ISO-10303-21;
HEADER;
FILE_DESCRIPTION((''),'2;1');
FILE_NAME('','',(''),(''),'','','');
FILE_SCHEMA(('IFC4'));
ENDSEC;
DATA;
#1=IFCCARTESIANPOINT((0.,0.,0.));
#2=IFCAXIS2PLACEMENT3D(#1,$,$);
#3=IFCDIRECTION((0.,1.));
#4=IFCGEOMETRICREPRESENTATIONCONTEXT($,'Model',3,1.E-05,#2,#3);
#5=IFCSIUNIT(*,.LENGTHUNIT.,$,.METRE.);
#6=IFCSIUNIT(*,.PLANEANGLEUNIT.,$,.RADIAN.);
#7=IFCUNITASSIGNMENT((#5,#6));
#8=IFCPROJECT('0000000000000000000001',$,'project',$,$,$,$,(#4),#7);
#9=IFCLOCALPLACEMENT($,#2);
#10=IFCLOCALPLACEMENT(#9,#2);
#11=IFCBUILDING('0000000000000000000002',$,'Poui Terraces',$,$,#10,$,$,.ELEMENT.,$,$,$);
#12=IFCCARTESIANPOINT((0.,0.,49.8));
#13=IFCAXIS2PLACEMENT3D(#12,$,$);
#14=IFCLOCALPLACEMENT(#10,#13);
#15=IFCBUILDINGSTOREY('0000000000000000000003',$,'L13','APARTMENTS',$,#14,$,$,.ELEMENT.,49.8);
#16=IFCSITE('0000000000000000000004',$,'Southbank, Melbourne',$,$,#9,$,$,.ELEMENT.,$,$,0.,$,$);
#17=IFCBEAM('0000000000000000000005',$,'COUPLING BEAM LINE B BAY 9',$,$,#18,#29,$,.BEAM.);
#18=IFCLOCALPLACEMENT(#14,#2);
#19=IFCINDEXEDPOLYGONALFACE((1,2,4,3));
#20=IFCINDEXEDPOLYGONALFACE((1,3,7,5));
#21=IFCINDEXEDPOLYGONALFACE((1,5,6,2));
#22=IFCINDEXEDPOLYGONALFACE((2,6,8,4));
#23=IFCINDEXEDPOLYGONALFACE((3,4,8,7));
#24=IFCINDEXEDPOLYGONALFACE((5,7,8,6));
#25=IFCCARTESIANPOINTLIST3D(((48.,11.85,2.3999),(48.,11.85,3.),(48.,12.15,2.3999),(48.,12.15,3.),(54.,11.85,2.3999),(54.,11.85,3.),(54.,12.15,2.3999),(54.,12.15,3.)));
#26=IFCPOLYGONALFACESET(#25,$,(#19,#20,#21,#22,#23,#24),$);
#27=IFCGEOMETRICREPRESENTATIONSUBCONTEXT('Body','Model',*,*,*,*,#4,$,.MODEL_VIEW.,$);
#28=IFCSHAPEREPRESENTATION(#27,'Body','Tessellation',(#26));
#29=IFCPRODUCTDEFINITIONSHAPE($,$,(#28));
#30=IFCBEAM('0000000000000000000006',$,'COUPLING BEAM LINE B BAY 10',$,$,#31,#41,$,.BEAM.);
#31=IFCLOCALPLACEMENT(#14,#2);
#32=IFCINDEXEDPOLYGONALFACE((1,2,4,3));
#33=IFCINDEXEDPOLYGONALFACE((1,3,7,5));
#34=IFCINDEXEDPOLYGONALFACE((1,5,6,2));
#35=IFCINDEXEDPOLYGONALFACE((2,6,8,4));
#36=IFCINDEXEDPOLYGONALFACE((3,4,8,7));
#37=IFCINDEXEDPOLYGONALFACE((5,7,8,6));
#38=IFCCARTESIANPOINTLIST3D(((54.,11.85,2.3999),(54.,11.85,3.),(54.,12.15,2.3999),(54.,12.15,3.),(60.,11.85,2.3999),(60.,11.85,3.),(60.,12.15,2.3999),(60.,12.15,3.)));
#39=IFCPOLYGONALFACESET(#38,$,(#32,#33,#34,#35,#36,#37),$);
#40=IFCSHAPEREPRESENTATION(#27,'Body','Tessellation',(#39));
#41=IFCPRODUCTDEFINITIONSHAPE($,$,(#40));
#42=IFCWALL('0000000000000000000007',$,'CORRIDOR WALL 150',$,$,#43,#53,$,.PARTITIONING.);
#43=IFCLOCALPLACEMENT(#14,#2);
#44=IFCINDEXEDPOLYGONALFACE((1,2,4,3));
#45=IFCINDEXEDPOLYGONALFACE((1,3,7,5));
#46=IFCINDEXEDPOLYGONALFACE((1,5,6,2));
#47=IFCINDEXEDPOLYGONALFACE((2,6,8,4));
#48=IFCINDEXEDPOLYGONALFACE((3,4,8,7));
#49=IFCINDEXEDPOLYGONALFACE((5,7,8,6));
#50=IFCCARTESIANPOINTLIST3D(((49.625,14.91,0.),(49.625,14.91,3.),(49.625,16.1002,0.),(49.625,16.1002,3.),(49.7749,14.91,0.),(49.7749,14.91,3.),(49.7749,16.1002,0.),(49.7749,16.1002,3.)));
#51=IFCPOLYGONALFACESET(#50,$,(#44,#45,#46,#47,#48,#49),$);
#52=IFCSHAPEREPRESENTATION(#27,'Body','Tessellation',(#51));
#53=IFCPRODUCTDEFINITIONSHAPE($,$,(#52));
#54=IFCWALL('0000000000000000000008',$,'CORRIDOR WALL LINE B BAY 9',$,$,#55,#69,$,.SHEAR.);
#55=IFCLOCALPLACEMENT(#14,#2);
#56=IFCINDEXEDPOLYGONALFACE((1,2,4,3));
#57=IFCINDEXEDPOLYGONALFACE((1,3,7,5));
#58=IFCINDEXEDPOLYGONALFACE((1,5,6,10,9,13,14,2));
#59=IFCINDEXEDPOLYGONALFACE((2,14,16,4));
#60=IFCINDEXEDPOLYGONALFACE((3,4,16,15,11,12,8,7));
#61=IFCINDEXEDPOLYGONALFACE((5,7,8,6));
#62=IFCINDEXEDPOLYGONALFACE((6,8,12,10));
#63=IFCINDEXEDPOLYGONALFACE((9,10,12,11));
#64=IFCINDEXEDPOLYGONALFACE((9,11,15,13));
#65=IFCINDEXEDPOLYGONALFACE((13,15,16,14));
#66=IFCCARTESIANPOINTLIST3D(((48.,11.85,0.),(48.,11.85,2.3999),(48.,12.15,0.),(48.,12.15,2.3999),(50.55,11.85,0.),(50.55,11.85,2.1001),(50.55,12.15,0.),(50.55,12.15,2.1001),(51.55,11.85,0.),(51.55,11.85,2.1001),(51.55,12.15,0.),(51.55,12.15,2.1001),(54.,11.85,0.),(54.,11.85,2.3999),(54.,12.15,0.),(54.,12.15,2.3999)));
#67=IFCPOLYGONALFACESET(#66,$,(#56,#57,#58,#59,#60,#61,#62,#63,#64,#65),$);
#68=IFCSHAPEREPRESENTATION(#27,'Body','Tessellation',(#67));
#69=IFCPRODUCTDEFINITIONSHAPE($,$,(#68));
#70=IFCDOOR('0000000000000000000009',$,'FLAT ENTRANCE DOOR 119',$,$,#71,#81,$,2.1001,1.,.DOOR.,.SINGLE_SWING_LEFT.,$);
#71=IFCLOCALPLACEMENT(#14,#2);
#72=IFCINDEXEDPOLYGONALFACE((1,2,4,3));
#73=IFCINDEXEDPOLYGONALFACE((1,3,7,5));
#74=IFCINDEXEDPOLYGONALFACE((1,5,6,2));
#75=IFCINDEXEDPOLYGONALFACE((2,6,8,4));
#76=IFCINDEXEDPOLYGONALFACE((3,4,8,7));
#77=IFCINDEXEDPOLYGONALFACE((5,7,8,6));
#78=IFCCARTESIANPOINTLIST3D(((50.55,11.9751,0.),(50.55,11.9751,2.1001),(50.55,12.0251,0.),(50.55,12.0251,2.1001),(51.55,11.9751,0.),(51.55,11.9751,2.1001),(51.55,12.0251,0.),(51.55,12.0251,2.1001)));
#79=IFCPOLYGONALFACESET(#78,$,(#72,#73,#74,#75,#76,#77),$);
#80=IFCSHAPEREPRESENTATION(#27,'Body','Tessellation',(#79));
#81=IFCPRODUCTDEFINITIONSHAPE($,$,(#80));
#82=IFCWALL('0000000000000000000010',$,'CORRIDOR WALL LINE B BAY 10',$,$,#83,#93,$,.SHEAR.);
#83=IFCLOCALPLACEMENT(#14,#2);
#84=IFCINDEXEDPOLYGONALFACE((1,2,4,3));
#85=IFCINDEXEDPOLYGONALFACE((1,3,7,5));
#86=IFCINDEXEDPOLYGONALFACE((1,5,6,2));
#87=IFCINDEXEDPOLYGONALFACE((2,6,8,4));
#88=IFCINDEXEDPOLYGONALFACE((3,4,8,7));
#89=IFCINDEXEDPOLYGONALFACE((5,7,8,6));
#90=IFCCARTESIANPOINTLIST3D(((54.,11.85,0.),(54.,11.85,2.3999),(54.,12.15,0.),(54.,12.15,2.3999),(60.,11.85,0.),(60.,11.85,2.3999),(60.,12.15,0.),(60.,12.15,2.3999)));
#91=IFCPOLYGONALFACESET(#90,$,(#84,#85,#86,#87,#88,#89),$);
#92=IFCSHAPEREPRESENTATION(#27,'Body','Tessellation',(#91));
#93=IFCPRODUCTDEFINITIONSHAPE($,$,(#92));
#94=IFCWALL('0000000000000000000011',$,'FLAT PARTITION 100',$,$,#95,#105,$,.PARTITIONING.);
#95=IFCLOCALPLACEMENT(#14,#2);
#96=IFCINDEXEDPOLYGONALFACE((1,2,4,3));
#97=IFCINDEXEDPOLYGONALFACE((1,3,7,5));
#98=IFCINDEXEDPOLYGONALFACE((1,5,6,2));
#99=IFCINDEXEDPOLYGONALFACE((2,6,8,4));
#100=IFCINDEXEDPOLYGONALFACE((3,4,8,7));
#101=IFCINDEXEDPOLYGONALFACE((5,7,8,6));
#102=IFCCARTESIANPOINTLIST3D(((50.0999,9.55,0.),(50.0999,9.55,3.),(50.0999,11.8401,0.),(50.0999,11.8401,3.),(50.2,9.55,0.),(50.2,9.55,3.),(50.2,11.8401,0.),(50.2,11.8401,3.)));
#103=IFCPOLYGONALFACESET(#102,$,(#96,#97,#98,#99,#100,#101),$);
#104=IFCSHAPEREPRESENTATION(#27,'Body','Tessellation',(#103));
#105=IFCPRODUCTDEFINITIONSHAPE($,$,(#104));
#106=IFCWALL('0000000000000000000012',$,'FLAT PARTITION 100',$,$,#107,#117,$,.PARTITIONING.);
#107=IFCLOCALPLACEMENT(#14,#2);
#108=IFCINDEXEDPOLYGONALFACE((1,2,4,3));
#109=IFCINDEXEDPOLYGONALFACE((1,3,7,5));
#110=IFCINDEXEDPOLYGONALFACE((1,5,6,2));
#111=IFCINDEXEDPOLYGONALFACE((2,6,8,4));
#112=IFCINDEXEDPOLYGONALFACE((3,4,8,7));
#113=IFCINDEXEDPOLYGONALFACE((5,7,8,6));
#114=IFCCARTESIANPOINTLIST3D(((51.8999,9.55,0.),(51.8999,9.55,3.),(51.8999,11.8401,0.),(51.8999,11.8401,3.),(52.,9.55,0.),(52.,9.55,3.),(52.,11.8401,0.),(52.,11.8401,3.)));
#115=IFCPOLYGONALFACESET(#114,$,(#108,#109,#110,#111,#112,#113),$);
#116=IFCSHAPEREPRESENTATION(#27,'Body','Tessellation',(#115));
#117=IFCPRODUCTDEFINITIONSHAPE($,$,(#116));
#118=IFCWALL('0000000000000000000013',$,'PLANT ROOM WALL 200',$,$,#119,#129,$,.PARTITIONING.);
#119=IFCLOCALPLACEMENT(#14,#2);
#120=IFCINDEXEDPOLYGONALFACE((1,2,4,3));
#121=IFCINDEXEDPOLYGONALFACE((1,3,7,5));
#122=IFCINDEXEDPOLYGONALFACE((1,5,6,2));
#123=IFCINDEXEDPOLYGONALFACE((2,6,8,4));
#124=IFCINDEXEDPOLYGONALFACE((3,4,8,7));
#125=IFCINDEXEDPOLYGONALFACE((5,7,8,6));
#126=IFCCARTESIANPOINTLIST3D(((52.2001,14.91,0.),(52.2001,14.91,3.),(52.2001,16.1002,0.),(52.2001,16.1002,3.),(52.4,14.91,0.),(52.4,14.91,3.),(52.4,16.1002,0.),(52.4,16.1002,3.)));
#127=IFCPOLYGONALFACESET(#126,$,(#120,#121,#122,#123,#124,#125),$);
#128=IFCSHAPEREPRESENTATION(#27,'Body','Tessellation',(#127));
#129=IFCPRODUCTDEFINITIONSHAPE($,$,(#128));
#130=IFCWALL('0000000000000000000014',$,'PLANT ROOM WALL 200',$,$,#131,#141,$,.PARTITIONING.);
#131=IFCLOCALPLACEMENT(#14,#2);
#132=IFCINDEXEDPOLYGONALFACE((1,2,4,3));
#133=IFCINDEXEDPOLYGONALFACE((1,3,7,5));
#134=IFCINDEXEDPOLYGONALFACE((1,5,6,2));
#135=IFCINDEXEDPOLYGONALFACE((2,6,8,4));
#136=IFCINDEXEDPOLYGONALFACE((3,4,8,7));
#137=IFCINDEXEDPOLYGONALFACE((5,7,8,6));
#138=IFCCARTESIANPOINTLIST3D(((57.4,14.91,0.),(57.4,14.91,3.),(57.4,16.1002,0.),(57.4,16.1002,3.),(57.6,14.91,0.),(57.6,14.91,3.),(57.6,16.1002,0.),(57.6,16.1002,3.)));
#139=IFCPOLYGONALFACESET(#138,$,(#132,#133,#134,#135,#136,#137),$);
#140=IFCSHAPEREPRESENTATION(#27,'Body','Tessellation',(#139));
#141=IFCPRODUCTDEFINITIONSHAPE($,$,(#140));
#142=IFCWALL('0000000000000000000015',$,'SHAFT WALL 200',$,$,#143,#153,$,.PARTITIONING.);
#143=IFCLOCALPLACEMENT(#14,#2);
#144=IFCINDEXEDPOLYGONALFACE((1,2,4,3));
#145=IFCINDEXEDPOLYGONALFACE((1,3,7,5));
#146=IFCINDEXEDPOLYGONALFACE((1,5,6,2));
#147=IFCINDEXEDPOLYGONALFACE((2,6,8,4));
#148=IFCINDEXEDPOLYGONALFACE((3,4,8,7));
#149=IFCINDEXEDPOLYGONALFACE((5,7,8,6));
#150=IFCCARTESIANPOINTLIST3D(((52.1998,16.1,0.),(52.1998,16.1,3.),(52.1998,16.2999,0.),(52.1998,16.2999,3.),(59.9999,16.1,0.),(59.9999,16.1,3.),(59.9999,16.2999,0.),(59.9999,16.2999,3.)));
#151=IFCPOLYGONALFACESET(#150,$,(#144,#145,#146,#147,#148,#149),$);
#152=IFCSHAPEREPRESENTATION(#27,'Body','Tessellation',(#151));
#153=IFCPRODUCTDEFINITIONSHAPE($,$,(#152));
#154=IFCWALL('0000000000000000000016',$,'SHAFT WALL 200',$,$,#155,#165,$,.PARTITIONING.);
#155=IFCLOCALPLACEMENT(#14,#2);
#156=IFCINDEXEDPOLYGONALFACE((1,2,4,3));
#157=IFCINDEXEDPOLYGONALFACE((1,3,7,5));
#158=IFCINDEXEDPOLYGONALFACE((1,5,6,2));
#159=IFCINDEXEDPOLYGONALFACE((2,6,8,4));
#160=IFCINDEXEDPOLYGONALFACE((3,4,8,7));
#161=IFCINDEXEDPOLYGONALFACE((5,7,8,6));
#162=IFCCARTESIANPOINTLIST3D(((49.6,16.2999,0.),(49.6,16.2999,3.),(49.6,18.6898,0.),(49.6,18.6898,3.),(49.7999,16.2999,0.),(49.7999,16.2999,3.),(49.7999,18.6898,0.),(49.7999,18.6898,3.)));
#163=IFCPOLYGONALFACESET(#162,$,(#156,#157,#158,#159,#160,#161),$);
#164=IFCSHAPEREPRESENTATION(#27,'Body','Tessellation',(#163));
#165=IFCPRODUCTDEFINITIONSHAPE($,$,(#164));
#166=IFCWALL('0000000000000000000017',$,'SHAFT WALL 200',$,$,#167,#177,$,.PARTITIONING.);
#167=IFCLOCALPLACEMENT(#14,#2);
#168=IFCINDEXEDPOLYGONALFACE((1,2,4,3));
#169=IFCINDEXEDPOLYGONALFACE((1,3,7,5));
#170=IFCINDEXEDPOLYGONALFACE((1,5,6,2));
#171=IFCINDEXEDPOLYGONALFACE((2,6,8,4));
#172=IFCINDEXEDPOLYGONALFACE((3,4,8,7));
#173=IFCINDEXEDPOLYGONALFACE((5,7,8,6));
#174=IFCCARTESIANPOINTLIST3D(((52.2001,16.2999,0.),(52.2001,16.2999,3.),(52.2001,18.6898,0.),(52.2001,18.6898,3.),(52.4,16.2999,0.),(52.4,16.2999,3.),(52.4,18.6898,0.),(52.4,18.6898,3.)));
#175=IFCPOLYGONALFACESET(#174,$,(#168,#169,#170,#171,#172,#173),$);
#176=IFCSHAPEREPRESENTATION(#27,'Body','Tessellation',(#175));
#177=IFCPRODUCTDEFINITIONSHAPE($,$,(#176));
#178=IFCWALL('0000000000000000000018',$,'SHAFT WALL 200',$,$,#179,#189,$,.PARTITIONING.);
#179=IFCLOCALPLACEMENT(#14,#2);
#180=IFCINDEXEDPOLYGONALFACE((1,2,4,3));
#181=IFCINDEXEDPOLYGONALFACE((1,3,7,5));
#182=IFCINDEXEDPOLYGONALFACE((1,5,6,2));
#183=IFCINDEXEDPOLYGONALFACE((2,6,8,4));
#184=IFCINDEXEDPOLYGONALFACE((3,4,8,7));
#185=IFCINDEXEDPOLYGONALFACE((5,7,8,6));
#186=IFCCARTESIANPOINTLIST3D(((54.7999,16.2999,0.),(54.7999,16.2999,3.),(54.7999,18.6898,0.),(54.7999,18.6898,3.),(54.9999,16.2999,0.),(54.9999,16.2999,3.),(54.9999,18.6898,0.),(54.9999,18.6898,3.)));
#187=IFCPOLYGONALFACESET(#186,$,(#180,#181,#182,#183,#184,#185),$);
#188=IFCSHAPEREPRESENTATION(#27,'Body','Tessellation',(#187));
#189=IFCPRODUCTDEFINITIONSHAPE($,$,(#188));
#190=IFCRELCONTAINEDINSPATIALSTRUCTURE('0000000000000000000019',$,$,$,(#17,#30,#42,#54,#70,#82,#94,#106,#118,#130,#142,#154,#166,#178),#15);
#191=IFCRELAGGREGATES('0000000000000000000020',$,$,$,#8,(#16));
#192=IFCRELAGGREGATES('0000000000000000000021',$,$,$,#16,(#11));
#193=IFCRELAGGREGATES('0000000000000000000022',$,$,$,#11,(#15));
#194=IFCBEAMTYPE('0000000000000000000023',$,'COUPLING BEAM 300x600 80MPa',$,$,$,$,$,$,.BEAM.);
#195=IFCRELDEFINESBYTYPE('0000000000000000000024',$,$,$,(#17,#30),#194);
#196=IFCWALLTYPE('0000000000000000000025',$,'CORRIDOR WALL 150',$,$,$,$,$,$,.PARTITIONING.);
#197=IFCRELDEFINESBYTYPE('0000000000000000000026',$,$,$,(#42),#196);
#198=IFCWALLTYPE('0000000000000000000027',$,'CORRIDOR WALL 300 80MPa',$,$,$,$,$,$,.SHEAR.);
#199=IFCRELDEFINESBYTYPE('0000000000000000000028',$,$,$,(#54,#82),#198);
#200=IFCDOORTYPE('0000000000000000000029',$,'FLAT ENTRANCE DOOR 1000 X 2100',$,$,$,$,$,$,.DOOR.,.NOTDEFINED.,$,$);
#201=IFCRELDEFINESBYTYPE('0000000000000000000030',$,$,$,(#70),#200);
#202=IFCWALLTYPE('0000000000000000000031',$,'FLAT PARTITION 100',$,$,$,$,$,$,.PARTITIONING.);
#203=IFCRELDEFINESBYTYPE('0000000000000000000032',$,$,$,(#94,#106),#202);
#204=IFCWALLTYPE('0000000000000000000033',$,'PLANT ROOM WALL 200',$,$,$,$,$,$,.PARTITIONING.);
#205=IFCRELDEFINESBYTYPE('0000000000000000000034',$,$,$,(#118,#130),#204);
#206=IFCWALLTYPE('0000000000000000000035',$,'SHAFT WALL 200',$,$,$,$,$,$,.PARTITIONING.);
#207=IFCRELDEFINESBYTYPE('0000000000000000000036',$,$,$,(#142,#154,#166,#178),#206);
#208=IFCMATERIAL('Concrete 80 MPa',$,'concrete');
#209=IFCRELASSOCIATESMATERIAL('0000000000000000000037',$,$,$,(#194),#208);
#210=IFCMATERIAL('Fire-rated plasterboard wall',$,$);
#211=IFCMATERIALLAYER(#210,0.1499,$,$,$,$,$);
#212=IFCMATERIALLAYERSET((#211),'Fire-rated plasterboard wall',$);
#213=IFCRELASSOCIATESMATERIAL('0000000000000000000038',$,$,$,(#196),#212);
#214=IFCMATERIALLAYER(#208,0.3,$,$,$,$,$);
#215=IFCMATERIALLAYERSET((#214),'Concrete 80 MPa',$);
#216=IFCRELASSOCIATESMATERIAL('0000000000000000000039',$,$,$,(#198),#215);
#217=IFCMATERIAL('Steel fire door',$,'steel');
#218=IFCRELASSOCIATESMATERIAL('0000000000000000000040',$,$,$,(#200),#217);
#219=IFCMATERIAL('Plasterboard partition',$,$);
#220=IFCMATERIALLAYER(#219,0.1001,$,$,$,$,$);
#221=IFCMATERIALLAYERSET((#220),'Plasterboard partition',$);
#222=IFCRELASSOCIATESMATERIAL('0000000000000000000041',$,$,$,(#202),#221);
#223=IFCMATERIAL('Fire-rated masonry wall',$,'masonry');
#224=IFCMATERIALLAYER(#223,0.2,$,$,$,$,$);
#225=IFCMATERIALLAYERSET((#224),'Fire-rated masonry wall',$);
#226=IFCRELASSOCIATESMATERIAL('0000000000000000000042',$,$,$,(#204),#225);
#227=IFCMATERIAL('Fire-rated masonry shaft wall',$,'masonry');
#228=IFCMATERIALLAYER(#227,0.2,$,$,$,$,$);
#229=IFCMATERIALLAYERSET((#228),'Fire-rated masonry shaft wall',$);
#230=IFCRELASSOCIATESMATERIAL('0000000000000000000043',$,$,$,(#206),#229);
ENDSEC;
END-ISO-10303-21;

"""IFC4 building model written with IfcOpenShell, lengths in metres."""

from ifc_helpers import new_model, si_unit, direction, frame, frame_2d, origin, origin_2d, place, context, subcontext, project, spatial, rectangle, extrude, source, transform, mapped, material, layer, layer_set, material_profile, profile_set, type_object, element, fill, save


model = new_model("IFC4")

# Units and contexts
model_context = context("Model", 3, precision=1e-05, world=origin(), true_north=direction((0.0, 1.0)))
body_context = subcontext(model_context, "Body", "Model", "MODEL_VIEW")
ifc_project = project(units=[si_unit("LENGTHUNIT", "METRE"), si_unit("PLANEANGLEUNIT", "RADIAN")], contexts=[model_context])

# Site, building, storey
site_placement = place(None, origin())
site = spatial("IfcSite", under=ifc_project, at=site_placement, Name="Southbank, Melbourne", CompositionType="ELEMENT", RefElevation=0.0)
building_placement = place(site_placement, origin())
building = spatial("IfcBuilding", under=site, at=building_placement, Name="Poui Terraces", CompositionType="ELEMENT")
storey_placement = place(building_placement, frame((0.0, 0.0, 49.8)))
storey = spatial("IfcBuildingStorey", under=building, at=storey_placement, Name="L13", Description="APARTMENTS", CompositionType="ELEMENT", Elevation=49.8)

# Beams
ifc_material_1 = material(Name="Concrete 80 MPa", Category="concrete")
ifc_material_profile = material_profile(ifc_material_1, rectangle(XDim=0.3, YDim=0.6001, at=origin_2d()), Name="RC 300x600")
ifc_profile_set = profile_set([ifc_material_profile], Name="Concrete 80 MPa")
beam_type = type_object("IfcBeamType", Name="COUPLING BEAM 300x600 80MPa", PredefinedType="BEAM", material=ifc_profile_set)
shared_shape = source(origin(), body_context, "Body", "SweptSolid", [
    extrude(rectangle(XDim=0.3, YDim=0.6001, at=origin_2d()), origin(), (0.0, 0.0, 1.0), 6.0),
])
for number, where, z_axis, x_axis, name in (
    (1, (48.0, 12.0, 2.7), (1.0, 0.0, 0.0), (0.0, 1.0, 0.0), "COUPLING BEAM LINE B BAY 9"),
    (2, (54.0, 12.0, 2.7), (1.0, 0.0, 0.0), (0.0, 1.0, 0.0), "COUPLING BEAM LINE B BAY 10"),
):
    element("IfcBeam", number, at=place(storey_placement, frame(where, z_axis=z_axis, x_axis=x_axis)), inside=storey, type_object=beam_type, Name=name, PredefinedType="BEAM", context=body_context, shape_type="MappedRepresentation", body=[
        mapped(shared_shape, transform((0.0, 0.0, 0.0))),
    ])

# Wall
ifc_material_2 = material(Name="Fire-rated plasterboard wall")
ifc_layer_1 = layer(ifc_material_2, 0.1499)
ifc_layer_set_1 = layer_set([ifc_layer_1], Name="Fire-rated plasterboard wall")
wall_type_1 = type_object("IfcWallType", Name="CORRIDOR WALL 150", PredefinedType="PARTITIONING", material=ifc_layer_set_1)
wall_1_placement = place(storey_placement, frame((49.7, 14.9099, 0.0), z_axis=(0.0, 0.0, 1.0), x_axis=(0.0, 1.0, 0.0)))
element("IfcWall", 3, at=wall_1_placement, inside=storey, type_object=wall_type_1, Name="CORRIDOR WALL 150", PredefinedType="PARTITIONING", context=body_context, shape_type="SweptSolid", body=[
    extrude(rectangle(XDim=1.1902, YDim=0.1499, at=frame_2d((0.5952, 0.0))), origin(), (0.0, 0.0, 1.0), 3.0),
])

# Wall, opening, door
ifc_layer_2 = layer(ifc_material_1, 0.3)
ifc_layer_set_2 = layer_set([ifc_layer_2], Name="Concrete 80 MPa")
wall_type_2 = type_object("IfcWallType", Name="CORRIDOR WALL 300 80MPa", PredefinedType="SHEAR", material=ifc_layer_set_2)
wall_2_placement = place(storey_placement, frame((48.0, 12.0, 0.0), z_axis=(0.0, 0.0, 1.0), x_axis=(1.0, 0.0, 0.0)))
wall_2 = element("IfcWall", 4, at=wall_2_placement, inside=storey, type_object=wall_type_2, Name="CORRIDOR WALL LINE B BAY 9", PredefinedType="SHEAR", context=body_context, shape_type="SweptSolid", body=[
    extrude(rectangle(XDim=6.0, YDim=0.3, at=frame_2d((3.0, 0.0))), origin(), (0.0, 0.0, 1.0), 2.3999),
])
opening_placement = place(wall_2_placement, frame((2.55, 0.0, 0.0)))
opening = element("IfcOpeningElement", 5, at=opening_placement, cuts=wall_2, PredefinedType="OPENING", context=body_context, shape_type="SweptSolid", body=[
    extrude(rectangle(XDim=1.0, YDim=2.1001, at=frame_2d((0.5, 1.05))), frame((0.0, 0.1602, 0.0), z_axis=(0.0, -1.0, 0.0), x_axis=(1.0, 0.0, 0.0)), (0.0, 0.0, 1.0), 0.3201),
])
ifc_material_3 = material(Name="Steel fire door", Category="steel")
door_type = type_object("IfcDoorType", Name="FLAT ENTRANCE DOOR 1000 X 2100", OperationType="NOTDEFINED", PredefinedType="DOOR", material=ifc_material_3)
door_placement = place(opening_placement, frame((1.0, 0.0, 0.0), z_axis=(0.0, 0.0, 1.0), x_axis=(-1.0, 0.0, 0.0)))
door = element("IfcDoor", 6, at=door_placement, inside=storey, type_object=door_type, Name="FLAT ENTRANCE DOOR 119", OperationType="SINGLE_SWING_LEFT", OverallHeight=2.1001, OverallWidth=1.0, PredefinedType="DOOR", context=body_context, shape_type="SweptSolid", body=[
    extrude(rectangle(XDim=1.0, YDim=2.1001, at=frame_2d((0.5, 1.05))), frame((0.0, 0.0249, 0.0), z_axis=(0.0, -1.0, 0.0), x_axis=(1.0, 0.0, 0.0)), (0.0, 0.0, 1.0), 0.05),
])
fill(opening, door)

# Walls
wall_3_placement = place(storey_placement, frame((54.0, 12.0, 0.0), z_axis=(0.0, 0.0, 1.0), x_axis=(1.0, 0.0, 0.0)))
element("IfcWall", 7, at=wall_3_placement, inside=storey, type_object=wall_type_2, Name="CORRIDOR WALL LINE B BAY 10", PredefinedType="SHEAR", context=body_context, shape_type="SweptSolid", body=[
    extrude(rectangle(XDim=6.0, YDim=0.3, at=frame_2d((3.0, 0.0))), origin(), (0.0, 0.0, 1.0), 2.3999),
])
ifc_material_4 = material(Name="Plasterboard partition")
ifc_layer_3 = layer(ifc_material_4, 0.1001)
ifc_layer_set_3 = layer_set([ifc_layer_3], Name="Plasterboard partition")
wall_type_3 = type_object("IfcWallType", Name="FLAT PARTITION 100", PredefinedType="PARTITIONING", material=ifc_layer_set_3)
for number, where, z_axis, x_axis, name in (
    (8, (50.1499, 9.55, 0.0), (0.0, 0.0, 1.0), (0.0, 1.0, 0.0), "FLAT PARTITION 100"),
    (9, (51.95, 9.55, 0.0), (0.0, 0.0, 1.0), (0.0, 1.0, 0.0), "FLAT PARTITION 100"),
):
    element("IfcWall", number, at=place(storey_placement, frame(where, z_axis=z_axis, x_axis=x_axis)), inside=storey, type_object=wall_type_3, Name=name, PredefinedType="PARTITIONING", context=body_context, shape_type="SweptSolid", body=[
        extrude(rectangle(XDim=2.29, YDim=0.1001, at=frame_2d((1.145, 0.0))), origin(), (0.0, 0.0, 1.0), 3.0),
    ])
ifc_material_5 = material(Name="Fire-rated masonry wall", Category="masonry")
ifc_layer_4 = layer(ifc_material_5, 0.2)
ifc_layer_set_4 = layer_set([ifc_layer_4], Name="Fire-rated masonry wall")
wall_type_4 = type_object("IfcWallType", Name="PLANT ROOM WALL 200", PredefinedType="PARTITIONING", material=ifc_layer_set_4)
for number, where, z_axis, x_axis, name in (
    (10, (52.3, 14.9099, 0.0), (0.0, 0.0, 1.0), (0.0, 1.0, 0.0), "PLANT ROOM WALL 200"),
    (11, (57.5, 14.9099, 0.0), (0.0, 0.0, 1.0), (0.0, 1.0, 0.0), "PLANT ROOM WALL 200"),
):
    element("IfcWall", number, at=place(storey_placement, frame(where, z_axis=z_axis, x_axis=x_axis)), inside=storey, type_object=wall_type_4, Name=name, PredefinedType="PARTITIONING", context=body_context, shape_type="SweptSolid", body=[
        extrude(rectangle(XDim=1.1902, YDim=0.2, at=frame_2d((0.5952, 0.0))), origin(), (0.0, 0.0, 1.0), 3.0),
    ])
ifc_material_6 = material(Name="Fire-rated masonry shaft wall", Category="masonry")
ifc_layer_5 = layer(ifc_material_6, 0.2)
ifc_layer_set_5 = layer_set([ifc_layer_5], Name="Fire-rated masonry shaft wall")
wall_type_5 = type_object("IfcWallType", Name="SHAFT WALL 200", PredefinedType="PARTITIONING", material=ifc_layer_set_5)
wall_4_placement = place(storey_placement, frame((52.2, 16.2, 0.0), z_axis=(0.0, 0.0, 1.0), x_axis=(1.0, 0.0, 0.0)))
element("IfcWall", 12, at=wall_4_placement, inside=storey, type_object=wall_type_5, Name="SHAFT WALL 200", PredefinedType="PARTITIONING", context=body_context, shape_type="SweptSolid", body=[
    extrude(rectangle(XDim=7.8, YDim=0.2, at=frame_2d((3.8999, 0.0))), origin(), (0.0, 0.0, 1.0), 3.0),
])
for number, where, z_axis, x_axis, name in (
    (13, (49.7, 16.3, 0.0), (0.0, 0.0, 1.0), (0.0, 1.0, 0.0), "SHAFT WALL 200"),
    (14, (52.3, 16.3, 0.0), (0.0, 0.0, 1.0), (0.0, 1.0, 0.0), "SHAFT WALL 200"),
    (15, (54.8999, 16.3, 0.0), (0.0, 0.0, 1.0), (0.0, 1.0, 0.0), "SHAFT WALL 200"),
):
    element("IfcWall", number, at=place(storey_placement, frame(where, z_axis=z_axis, x_axis=x_axis)), inside=storey, type_object=wall_type_5, Name=name, PredefinedType="PARTITIONING", context=body_context, shape_type="SweptSolid", body=[
        extrude(rectangle(XDim=2.3899, YDim=0.2, at=frame_2d((1.1948, 0.0))), origin(), (0.0, 0.0, 1.0), 3.0),
    ])

save(model, "model.ifc")
